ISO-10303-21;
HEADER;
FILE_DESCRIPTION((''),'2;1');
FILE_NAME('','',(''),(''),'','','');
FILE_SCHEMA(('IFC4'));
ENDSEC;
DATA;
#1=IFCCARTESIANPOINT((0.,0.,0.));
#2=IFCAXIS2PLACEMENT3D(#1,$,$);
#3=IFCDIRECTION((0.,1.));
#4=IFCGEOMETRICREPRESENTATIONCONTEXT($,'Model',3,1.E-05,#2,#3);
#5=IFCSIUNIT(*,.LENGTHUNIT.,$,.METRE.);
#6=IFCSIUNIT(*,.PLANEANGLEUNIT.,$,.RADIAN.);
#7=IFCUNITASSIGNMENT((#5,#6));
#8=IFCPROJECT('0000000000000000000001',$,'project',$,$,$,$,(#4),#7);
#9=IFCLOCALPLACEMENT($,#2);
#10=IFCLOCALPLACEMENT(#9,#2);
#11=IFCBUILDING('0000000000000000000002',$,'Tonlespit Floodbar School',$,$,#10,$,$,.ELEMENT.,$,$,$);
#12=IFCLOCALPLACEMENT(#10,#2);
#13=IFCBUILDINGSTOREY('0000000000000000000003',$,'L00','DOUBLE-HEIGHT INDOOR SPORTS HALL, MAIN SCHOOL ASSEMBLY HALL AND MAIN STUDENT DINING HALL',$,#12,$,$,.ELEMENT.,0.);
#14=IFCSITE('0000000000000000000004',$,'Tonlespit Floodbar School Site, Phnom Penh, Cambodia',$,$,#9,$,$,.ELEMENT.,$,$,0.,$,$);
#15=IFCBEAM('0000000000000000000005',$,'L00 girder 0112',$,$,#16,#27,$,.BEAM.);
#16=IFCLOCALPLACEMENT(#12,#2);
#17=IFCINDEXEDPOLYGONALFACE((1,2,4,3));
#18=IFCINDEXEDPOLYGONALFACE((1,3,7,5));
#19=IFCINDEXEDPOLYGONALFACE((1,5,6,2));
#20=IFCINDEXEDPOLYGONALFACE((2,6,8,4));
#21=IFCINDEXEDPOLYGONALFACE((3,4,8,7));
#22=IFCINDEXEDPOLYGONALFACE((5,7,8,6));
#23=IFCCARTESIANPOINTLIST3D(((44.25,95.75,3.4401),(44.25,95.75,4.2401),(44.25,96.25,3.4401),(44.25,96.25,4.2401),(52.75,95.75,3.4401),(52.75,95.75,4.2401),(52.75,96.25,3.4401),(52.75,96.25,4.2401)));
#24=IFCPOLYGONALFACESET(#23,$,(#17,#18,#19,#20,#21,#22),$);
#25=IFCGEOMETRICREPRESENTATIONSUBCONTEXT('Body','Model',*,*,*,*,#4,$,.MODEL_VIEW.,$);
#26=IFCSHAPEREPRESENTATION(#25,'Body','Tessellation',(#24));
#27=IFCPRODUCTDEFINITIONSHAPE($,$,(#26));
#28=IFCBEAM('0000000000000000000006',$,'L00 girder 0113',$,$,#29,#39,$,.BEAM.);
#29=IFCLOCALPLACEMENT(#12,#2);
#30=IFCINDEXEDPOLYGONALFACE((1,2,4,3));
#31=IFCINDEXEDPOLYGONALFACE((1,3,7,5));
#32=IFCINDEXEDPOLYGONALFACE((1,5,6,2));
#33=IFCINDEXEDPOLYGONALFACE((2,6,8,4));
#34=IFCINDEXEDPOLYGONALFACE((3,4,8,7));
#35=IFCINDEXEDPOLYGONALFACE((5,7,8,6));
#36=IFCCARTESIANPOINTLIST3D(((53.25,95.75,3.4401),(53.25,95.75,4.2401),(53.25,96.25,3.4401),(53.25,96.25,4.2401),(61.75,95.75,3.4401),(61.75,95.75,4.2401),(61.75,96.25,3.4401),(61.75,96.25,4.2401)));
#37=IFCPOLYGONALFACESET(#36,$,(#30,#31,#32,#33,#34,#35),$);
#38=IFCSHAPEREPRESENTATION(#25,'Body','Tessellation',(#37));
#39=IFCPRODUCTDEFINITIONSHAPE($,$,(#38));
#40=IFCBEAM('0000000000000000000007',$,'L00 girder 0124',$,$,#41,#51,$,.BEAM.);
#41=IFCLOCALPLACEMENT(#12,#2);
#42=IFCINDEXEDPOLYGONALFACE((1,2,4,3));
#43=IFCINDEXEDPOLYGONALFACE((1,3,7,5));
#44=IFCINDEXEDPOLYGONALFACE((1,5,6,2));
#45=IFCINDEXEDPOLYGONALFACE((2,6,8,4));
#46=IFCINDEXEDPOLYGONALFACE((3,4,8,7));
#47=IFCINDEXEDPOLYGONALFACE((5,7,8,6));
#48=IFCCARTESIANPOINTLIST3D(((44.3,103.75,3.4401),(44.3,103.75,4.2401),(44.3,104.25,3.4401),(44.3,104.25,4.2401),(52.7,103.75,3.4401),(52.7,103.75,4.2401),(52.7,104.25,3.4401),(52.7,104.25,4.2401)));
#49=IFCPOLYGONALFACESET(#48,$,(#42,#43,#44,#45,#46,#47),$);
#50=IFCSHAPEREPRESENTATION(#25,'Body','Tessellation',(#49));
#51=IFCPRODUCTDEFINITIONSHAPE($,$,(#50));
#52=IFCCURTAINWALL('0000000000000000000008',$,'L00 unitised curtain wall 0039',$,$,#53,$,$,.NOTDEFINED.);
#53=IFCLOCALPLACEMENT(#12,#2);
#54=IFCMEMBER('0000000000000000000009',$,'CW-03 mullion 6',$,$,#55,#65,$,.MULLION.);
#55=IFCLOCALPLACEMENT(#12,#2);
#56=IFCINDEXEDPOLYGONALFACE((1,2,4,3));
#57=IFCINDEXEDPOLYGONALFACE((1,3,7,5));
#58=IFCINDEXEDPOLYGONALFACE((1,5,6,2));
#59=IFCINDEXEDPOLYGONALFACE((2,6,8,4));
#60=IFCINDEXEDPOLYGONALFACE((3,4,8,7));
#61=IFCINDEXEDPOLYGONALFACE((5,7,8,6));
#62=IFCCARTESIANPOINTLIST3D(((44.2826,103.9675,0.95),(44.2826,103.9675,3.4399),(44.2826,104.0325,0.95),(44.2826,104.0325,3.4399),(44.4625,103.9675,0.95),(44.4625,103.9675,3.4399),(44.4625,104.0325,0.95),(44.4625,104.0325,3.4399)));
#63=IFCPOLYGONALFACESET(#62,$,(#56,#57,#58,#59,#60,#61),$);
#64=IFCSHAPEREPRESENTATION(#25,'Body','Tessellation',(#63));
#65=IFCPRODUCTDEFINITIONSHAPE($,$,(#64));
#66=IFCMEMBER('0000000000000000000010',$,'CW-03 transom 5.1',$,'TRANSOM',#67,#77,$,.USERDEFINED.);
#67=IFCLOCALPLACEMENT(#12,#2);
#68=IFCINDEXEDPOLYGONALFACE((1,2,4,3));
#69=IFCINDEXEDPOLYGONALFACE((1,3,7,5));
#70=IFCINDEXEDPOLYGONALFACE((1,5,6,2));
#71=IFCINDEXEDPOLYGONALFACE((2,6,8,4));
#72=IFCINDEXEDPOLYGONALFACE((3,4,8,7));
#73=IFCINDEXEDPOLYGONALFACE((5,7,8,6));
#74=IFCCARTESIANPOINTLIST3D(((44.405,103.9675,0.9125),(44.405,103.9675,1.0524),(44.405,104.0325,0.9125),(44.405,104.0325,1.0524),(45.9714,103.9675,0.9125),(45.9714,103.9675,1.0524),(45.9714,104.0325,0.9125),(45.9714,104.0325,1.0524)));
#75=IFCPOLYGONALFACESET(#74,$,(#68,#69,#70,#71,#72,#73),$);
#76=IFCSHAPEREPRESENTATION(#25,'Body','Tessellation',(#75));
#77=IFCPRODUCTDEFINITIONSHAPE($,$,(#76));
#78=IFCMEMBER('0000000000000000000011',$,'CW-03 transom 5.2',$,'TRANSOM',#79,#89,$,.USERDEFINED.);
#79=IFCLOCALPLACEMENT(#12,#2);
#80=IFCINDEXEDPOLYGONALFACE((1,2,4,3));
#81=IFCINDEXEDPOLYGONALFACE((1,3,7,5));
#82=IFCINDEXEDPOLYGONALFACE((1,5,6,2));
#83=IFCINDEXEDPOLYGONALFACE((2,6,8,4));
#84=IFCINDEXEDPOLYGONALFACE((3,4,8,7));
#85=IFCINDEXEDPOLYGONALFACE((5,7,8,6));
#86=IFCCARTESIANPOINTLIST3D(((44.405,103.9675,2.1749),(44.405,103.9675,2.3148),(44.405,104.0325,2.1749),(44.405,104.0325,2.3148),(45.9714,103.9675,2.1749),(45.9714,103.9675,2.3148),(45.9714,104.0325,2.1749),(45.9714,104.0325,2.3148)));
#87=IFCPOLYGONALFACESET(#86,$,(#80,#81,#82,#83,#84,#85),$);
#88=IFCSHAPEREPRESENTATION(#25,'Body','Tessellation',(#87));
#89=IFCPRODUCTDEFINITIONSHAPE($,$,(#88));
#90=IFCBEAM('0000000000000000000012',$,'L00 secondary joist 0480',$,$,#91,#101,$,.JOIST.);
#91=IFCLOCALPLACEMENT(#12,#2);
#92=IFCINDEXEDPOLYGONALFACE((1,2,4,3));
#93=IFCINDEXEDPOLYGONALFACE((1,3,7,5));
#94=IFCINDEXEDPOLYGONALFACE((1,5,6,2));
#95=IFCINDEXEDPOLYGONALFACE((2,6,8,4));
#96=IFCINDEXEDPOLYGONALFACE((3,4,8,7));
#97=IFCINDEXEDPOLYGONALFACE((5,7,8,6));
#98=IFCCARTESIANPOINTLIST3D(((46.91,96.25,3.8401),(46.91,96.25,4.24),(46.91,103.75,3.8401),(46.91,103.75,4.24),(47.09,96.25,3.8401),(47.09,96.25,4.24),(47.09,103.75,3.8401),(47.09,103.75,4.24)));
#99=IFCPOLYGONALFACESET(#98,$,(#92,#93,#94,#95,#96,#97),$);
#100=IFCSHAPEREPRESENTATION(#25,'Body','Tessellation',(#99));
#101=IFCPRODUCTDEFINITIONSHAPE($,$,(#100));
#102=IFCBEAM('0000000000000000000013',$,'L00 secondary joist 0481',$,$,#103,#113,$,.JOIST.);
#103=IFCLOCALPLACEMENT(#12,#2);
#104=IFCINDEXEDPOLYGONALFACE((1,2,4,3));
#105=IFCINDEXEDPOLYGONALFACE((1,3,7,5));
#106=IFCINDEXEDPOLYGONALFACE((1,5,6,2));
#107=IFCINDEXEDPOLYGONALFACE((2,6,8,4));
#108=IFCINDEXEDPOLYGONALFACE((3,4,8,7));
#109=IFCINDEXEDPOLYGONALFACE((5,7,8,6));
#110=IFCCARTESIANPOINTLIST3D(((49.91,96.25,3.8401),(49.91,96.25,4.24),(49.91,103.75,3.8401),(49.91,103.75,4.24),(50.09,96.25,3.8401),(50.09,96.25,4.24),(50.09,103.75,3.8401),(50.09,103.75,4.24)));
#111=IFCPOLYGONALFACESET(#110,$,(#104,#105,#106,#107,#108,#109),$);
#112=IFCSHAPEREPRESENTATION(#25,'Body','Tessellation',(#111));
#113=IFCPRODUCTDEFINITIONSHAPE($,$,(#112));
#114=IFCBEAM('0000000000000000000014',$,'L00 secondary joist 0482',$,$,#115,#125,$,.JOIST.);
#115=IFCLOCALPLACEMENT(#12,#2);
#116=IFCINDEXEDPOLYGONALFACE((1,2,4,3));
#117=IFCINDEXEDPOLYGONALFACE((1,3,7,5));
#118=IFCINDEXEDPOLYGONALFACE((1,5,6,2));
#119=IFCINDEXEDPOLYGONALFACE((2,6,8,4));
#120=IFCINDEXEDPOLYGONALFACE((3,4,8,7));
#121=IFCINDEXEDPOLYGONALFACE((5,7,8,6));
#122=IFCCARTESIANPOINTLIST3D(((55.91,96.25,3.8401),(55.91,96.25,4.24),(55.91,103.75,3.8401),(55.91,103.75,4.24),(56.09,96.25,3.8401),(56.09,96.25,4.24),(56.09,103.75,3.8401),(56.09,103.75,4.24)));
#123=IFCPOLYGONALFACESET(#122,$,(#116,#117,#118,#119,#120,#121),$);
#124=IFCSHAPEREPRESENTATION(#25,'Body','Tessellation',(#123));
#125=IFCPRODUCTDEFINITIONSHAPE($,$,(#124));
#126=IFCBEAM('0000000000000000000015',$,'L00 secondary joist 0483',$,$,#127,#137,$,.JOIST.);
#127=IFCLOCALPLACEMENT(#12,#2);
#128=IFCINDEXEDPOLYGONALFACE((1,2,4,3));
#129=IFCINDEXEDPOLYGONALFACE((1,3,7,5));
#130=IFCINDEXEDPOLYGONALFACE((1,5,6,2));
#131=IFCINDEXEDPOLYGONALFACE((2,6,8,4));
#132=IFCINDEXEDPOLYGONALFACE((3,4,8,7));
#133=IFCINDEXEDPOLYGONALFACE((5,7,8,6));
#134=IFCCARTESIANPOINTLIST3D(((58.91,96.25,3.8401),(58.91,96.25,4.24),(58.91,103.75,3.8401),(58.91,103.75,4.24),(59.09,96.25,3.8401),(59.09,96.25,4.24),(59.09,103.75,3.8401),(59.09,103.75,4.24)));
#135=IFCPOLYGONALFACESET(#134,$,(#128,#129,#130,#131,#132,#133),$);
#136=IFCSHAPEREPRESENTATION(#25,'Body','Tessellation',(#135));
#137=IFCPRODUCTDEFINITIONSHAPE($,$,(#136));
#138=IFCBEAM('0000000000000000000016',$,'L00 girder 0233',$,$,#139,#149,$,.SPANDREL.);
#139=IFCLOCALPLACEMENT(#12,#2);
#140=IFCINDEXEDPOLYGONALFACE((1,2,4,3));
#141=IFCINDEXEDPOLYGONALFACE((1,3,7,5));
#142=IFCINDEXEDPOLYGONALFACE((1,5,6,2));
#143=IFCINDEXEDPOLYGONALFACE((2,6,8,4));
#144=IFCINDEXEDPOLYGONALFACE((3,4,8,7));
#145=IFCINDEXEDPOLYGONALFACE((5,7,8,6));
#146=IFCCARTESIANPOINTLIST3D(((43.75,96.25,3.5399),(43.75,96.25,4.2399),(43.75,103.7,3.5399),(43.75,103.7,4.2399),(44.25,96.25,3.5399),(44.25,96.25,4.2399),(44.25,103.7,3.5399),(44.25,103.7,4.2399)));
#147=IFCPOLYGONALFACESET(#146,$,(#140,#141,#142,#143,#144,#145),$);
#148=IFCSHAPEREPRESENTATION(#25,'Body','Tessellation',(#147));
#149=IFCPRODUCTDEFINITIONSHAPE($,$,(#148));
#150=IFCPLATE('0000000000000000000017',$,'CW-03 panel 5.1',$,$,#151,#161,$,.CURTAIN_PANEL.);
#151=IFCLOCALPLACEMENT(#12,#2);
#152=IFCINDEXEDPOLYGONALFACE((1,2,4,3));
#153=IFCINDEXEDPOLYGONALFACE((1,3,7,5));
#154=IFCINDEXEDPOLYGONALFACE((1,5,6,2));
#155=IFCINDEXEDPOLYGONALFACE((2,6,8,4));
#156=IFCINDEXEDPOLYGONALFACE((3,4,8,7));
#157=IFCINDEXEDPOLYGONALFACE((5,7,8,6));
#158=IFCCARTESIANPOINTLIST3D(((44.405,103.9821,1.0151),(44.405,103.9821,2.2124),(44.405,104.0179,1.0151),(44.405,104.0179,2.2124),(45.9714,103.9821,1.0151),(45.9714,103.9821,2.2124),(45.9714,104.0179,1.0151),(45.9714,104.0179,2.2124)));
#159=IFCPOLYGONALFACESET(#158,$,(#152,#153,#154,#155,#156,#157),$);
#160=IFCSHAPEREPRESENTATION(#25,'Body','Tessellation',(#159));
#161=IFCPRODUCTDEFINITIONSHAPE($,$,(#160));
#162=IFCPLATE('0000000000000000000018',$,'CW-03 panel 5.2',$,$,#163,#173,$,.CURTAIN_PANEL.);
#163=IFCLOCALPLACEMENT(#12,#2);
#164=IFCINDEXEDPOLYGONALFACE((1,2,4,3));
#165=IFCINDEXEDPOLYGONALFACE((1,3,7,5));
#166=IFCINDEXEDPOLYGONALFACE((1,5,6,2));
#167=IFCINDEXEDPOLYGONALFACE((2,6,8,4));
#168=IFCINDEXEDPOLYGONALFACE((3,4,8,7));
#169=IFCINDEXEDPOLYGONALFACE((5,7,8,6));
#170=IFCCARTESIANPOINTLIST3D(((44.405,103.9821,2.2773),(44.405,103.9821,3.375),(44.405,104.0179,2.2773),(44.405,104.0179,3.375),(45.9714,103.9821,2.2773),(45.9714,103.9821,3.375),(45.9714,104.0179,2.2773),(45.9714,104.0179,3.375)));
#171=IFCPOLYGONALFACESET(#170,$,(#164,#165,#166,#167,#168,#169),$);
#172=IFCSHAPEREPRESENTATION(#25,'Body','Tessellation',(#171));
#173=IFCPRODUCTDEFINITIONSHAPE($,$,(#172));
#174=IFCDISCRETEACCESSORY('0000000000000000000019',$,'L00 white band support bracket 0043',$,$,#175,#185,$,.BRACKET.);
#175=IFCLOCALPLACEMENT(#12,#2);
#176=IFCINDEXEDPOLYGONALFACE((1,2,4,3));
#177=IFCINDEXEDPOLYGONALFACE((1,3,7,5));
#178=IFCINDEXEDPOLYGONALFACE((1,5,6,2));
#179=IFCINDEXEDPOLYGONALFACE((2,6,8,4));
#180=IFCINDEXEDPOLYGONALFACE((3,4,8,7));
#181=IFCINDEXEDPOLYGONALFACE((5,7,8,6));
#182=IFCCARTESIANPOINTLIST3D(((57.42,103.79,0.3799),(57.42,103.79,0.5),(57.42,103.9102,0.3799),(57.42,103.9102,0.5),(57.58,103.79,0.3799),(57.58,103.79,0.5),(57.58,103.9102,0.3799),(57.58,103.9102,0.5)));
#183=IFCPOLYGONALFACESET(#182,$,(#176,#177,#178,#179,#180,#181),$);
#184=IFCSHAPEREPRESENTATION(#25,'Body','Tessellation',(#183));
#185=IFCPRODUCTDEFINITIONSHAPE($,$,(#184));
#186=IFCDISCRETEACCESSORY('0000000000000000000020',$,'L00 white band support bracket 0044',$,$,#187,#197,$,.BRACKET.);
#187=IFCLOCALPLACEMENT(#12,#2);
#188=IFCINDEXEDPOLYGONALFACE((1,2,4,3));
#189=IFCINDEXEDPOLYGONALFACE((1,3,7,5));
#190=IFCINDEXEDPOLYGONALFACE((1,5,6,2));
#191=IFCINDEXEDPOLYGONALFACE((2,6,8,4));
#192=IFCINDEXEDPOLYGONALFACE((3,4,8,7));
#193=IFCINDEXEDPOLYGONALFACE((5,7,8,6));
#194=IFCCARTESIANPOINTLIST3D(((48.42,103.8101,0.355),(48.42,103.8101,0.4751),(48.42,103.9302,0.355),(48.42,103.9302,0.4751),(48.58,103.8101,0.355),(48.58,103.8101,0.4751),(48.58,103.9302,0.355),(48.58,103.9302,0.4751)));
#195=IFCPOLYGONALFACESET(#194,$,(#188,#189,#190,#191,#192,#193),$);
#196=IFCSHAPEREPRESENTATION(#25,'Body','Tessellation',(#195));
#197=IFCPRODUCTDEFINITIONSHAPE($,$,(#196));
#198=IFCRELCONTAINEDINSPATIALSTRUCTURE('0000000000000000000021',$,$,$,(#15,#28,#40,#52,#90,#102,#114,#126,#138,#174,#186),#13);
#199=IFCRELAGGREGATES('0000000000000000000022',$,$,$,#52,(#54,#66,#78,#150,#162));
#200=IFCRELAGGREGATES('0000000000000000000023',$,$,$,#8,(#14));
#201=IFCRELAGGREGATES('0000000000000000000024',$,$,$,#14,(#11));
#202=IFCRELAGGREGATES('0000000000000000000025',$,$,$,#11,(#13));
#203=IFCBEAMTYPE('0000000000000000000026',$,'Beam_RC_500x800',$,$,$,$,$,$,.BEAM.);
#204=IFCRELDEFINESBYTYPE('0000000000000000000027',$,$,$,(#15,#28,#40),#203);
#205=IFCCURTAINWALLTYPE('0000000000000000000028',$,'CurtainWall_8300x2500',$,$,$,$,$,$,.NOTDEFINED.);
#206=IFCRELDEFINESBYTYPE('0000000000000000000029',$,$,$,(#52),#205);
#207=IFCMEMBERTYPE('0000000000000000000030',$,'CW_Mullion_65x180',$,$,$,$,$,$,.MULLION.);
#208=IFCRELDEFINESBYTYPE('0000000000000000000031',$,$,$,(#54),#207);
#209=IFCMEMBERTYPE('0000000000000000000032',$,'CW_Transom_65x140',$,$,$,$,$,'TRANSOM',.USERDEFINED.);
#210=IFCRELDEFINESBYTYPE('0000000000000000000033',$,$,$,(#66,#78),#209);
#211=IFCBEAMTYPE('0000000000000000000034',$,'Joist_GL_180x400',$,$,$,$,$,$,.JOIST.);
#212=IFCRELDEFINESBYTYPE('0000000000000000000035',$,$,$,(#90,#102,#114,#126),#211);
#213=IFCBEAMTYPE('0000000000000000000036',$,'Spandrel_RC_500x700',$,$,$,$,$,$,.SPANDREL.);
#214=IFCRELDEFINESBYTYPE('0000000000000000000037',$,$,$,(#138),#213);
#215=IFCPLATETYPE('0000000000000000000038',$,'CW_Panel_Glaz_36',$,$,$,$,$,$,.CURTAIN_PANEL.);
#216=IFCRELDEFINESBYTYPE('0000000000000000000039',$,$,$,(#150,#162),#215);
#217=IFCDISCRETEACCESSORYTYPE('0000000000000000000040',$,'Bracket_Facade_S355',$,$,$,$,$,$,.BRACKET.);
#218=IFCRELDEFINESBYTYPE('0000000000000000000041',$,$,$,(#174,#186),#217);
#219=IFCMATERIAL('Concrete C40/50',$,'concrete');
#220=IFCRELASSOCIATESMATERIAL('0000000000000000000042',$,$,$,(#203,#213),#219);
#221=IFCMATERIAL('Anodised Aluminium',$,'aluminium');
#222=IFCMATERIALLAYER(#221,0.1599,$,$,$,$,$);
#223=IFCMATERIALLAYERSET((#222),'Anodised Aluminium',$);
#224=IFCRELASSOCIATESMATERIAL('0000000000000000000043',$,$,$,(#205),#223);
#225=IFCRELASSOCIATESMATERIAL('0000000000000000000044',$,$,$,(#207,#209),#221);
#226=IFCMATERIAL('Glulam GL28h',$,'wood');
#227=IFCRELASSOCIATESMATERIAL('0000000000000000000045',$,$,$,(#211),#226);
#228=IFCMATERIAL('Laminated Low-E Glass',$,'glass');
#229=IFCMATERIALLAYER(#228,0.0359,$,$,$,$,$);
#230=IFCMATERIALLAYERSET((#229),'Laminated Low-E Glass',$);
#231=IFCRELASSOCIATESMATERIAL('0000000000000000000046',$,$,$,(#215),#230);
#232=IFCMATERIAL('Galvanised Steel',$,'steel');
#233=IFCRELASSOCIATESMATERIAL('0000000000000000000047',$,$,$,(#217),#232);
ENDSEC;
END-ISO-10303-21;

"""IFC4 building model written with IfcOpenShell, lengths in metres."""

from ifc_helpers import new_model, si_unit, direction, frame, origin, origin_2d, place, context, subcontext, project, spatial, rectangle, extrude, material, layer, layer_set, material_profile, profile_set, type_object, element, aggregate, save


model = new_model("IFC4")

# Units and contexts
model_context = context("Model", 3, precision=1e-05, world=origin(), true_north=direction((0.0, 1.0)))
body_context = subcontext(model_context, "Body", "Model", "MODEL_VIEW")
ifc_project = project(units=[si_unit("LENGTHUNIT", "METRE"), si_unit("PLANEANGLEUNIT", "RADIAN")], contexts=[model_context])

# Site, building, storey
site_placement = place(None, origin())
site = spatial("IfcSite", under=ifc_project, at=site_placement, Name="Tonlespit Floodbar School Site, Phnom Penh, Cambodia", CompositionType="ELEMENT", RefElevation=0.0)
building_placement = place(site_placement, origin())
building = spatial("IfcBuilding", under=site, at=building_placement, Name="Tonlespit Floodbar School", CompositionType="ELEMENT")
storey_placement = place(building_placement, origin())
storey = spatial("IfcBuildingStorey", under=building, at=storey_placement, Name="L00", Description="DOUBLE-HEIGHT INDOOR SPORTS HALL, MAIN SCHOOL ASSEMBLY HALL AND MAIN STUDENT DINING HALL", CompositionType="ELEMENT", Elevation=0.0)

# Shared definitions
ifc_material_1 = material(Name="Concrete C40/50", Category="concrete")

# Beams
ifc_material_profile_1 = material_profile(ifc_material_1, rectangle(XDim=0.5, YDim=0.8, at=origin_2d()), Name="RC 500x800")
ifc_profile_set_1 = profile_set([ifc_material_profile_1], Name="Concrete C40/50")
beam_type_1 = type_object("IfcBeamType", Name="Beam_RC_500x800", PredefinedType="BEAM", material=ifc_profile_set_1)
for number, where, z_axis, x_axis, name in (
    (1, (44.25, 96.0, 3.8401), (1.0, 0.0, 0.0), (0.0, 1.0, 0.0), "L00 girder 0112"),
    (2, (53.25, 96.0, 3.8401), (1.0, 0.0, 0.0), (0.0, 1.0, 0.0), "L00 girder 0113"),
):
    element("IfcBeam", number, at=place(storey_placement, frame(where, z_axis=z_axis, x_axis=x_axis)), inside=storey, type_object=beam_type_1, Name=name, PredefinedType="BEAM", context=body_context, shape_type="SweptSolid", body=[
        extrude(rectangle(XDim=0.5, YDim=0.8, at=origin_2d()), origin(), (0.0, 0.0, 1.0), 8.5),
    ])
beam_1_placement = place(storey_placement, frame((44.3, 104.0, 3.8401), z_axis=(1.0, 0.0, 0.0), x_axis=(0.0, 1.0, 0.0)))
element("IfcBeam", 3, at=beam_1_placement, inside=storey, type_object=beam_type_1, Name="L00 girder 0124", PredefinedType="BEAM", context=body_context, shape_type="SweptSolid", body=[
    extrude(rectangle(XDim=0.5, YDim=0.8, at=origin_2d()), origin(), (0.0, 0.0, 1.0), 8.3999),
])

# Curtain wall, members
ifc_material_2 = material(Name="Anodised Aluminium", Category="aluminium")
ifc_layer_1 = layer(ifc_material_2, 0.1599)
ifc_layer_set_1 = layer_set([ifc_layer_1], Name="Anodised Aluminium")
curtain_wall_type = type_object("IfcCurtainWallType", Name="CurtainWall_8300x2500", PredefinedType="NOTDEFINED", material=ifc_layer_set_1)
curtain_wall_placement = place(storey_placement, origin())
curtain_wall = element("IfcCurtainWall", 4, at=curtain_wall_placement, inside=storey, type_object=curtain_wall_type, Name="L00 unitised curtain wall 0039", PredefinedType="NOTDEFINED")
ifc_material_profile_2 = material_profile(ifc_material_2, rectangle(XDim=0.0649, YDim=0.1799, at=origin_2d()), Name="ALU M65x180")
ifc_profile_set_2 = profile_set([ifc_material_profile_2], Name="Anodised Aluminium")
member_type_1 = type_object("IfcMemberType", Name="CW_Mullion_65x180", PredefinedType="MULLION", material=ifc_profile_set_2)
member_1_placement = place(storey_placement, frame((44.3726, 104.0, 0.95), z_axis=(0.0, 0.0, 1.0), x_axis=(0.0, -1.0, 0.0)))
member_1 = element("IfcMember", 5, at=member_1_placement, type_object=member_type_1, Name="CW-03 mullion 6", PredefinedType="MULLION", context=body_context, shape_type="SweptSolid", body=[
    extrude(rectangle(XDim=0.0649, YDim=0.1799, at=origin_2d()), origin(), (0.0, 0.0, 1.0), 2.49),
])
ifc_material_profile_3 = material_profile(ifc_material_2, rectangle(XDim=0.0649, YDim=0.1399, at=origin_2d()), Name="ALU T65x140")
ifc_profile_set_3 = profile_set([ifc_material_profile_3], Name="Anodised Aluminium")
member_type_2 = type_object("IfcMemberType", Name="CW_Transom_65x140", ElementType="TRANSOM", PredefinedType="USERDEFINED", material=ifc_profile_set_3)
member_2_placement = place(storey_placement, frame((45.9714, 104.0, 0.9824), z_axis=(-1.0, 0.0, 0.0), x_axis=(0.0, -1.0, 0.0)))
member_2 = element("IfcMember", 6, at=member_2_placement, type_object=member_type_2, Name="CW-03 transom 5.1", ObjectType="TRANSOM", PredefinedType="USERDEFINED", context=body_context, shape_type="SweptSolid", body=[
    extrude(rectangle(XDim=0.0649, YDim=0.1399, at=origin_2d()), origin(), (0.0, 0.0, 1.0), 1.5664),
])
member_3_placement = place(storey_placement, frame((45.9714, 104.0, 2.2449), z_axis=(-1.0, 0.0, 0.0), x_axis=(0.0, -1.0, 0.0)))
member_3 = element("IfcMember", 7, at=member_3_placement, type_object=member_type_2, Name="CW-03 transom 5.2", ObjectType="TRANSOM", PredefinedType="USERDEFINED", context=body_context, shape_type="SweptSolid", body=[
    extrude(rectangle(XDim=0.0649, YDim=0.1399, at=origin_2d()), origin(), (0.0, 0.0, 1.0), 1.5664),
])

# Beams
ifc_material_3 = material(Name="Glulam GL28h", Category="wood")
ifc_material_profile_4 = material_profile(ifc_material_3, rectangle(XDim=0.1799, YDim=0.3999, at=origin_2d()), Name="GL 180x400")
ifc_profile_set_4 = profile_set([ifc_material_profile_4], Name="Glulam GL28h")
beam_type_2 = type_object("IfcBeamType", Name="Joist_GL_180x400", PredefinedType="JOIST", material=ifc_profile_set_4)
for number, where, z_axis, x_axis, name in (
    (8, (47.0, 96.25, 4.04), (0.0, 1.0, 0.0), (-1.0, 0.0, 0.0), "L00 secondary joist 0480"),
    (9, (50.0, 96.25, 4.04), (0.0, 1.0, 0.0), (-1.0, 0.0, 0.0), "L00 secondary joist 0481"),
    (10, (56.0, 96.25, 4.04), (0.0, 1.0, 0.0), (-1.0, 0.0, 0.0), "L00 secondary joist 0482"),
    (11, (59.0, 96.25, 4.04), (0.0, 1.0, 0.0), (-1.0, 0.0, 0.0), "L00 secondary joist 0483"),
):
    element("IfcBeam", number, at=place(storey_placement, frame(where, z_axis=z_axis, x_axis=x_axis)), inside=storey, type_object=beam_type_2, Name=name, PredefinedType="JOIST", context=body_context, shape_type="SweptSolid", body=[
        extrude(rectangle(XDim=0.1799, YDim=0.3999, at=origin_2d()), origin(), (0.0, 0.0, 1.0), 7.5),
    ])
ifc_material_profile_5 = material_profile(ifc_material_1, rectangle(XDim=0.5, YDim=0.7, at=origin_2d()), Name="RC 500x700")
ifc_profile_set_5 = profile_set([ifc_material_profile_5], Name="Concrete C40/50")
beam_type_3 = type_object("IfcBeamType", Name="Spandrel_RC_500x700", PredefinedType="SPANDREL", material=ifc_profile_set_5)
beam_2_placement = place(storey_placement, frame((44.0, 96.25, 3.8899), z_axis=(0.0, 1.0, 0.0), x_axis=(-1.0, 0.0, 0.0)))
element("IfcBeam", 12, at=beam_2_placement, inside=storey, type_object=beam_type_3, Name="L00 girder 0233", PredefinedType="SPANDREL", context=body_context, shape_type="SweptSolid", body=[
    extrude(rectangle(XDim=0.5, YDim=0.7, at=origin_2d()), origin(), (0.0, 0.0, 1.0), 7.45),
])

# Plates
ifc_material_4 = material(Name="Laminated Low-E Glass", Category="glass")
ifc_layer_2 = layer(ifc_material_4, 0.0359)
ifc_layer_set_2 = layer_set([ifc_layer_2], Name="Laminated Low-E Glass")
plate_type = type_object("IfcPlateType", Name="CW_Panel_Glaz_36", PredefinedType="CURTAIN_PANEL", material=ifc_layer_set_2)
plate_1_placement = place(storey_placement, frame((45.1882, 104.0, 1.0151), z_axis=(0.0, 0.0, 1.0), x_axis=(-1.0, 0.0, 0.0)))
plate_1 = element("IfcPlate", 13, at=plate_1_placement, type_object=plate_type, Name="CW-03 panel 5.1", PredefinedType="CURTAIN_PANEL", context=body_context, shape_type="SweptSolid", body=[
    extrude(rectangle(XDim=1.5664, YDim=0.0359, at=origin_2d()), origin(), (0.0, 0.0, 1.0), 1.1973),
])
plate_2_placement = place(storey_placement, frame((45.1882, 104.0, 2.2773), z_axis=(0.0, 0.0, 1.0), x_axis=(-1.0, 0.0, 0.0)))
plate_2 = element("IfcPlate", 14, at=plate_2_placement, type_object=plate_type, Name="CW-03 panel 5.2", PredefinedType="CURTAIN_PANEL", context=body_context, shape_type="SweptSolid", body=[
    extrude(rectangle(XDim=1.5664, YDim=0.0359, at=origin_2d()), origin(), (0.0, 0.0, 1.0), 1.0977),
])
aggregate(curtain_wall, [member_1, member_2, member_3, plate_1, plate_2])

# Discrete accessories
ifc_material_5 = material(Name="Galvanised Steel", Category="steel")
discrete_accessory_type = type_object("IfcDiscreteAccessoryType", Name="Bracket_Facade_S355", PredefinedType="BRACKET", material=ifc_material_5)
for number, where, z_axis, x_axis, name in (
    (15, (57.5, 103.8501, 0.3799), (0.0, 0.0, 1.0), (-1.0, 0.0, 0.0), "L00 white band support bracket 0043"),
    (16, (48.5, 103.8701, 0.355), (0.0, 0.0, 1.0), (-1.0, 0.0, 0.0), "L00 white band support bracket 0044"),
):
    element("IfcDiscreteAccessory", number, at=place(storey_placement, frame(where, z_axis=z_axis, x_axis=x_axis)), inside=storey, type_object=discrete_accessory_type, Name=name, PredefinedType="BRACKET", context=body_context, shape_type="SweptSolid", body=[
        extrude(rectangle(XDim=0.1599, YDim=0.1201, at=origin_2d()), origin(), (0.0, 0.0, 1.0), 0.1201),
    ])

save(model, "model.ifc")
